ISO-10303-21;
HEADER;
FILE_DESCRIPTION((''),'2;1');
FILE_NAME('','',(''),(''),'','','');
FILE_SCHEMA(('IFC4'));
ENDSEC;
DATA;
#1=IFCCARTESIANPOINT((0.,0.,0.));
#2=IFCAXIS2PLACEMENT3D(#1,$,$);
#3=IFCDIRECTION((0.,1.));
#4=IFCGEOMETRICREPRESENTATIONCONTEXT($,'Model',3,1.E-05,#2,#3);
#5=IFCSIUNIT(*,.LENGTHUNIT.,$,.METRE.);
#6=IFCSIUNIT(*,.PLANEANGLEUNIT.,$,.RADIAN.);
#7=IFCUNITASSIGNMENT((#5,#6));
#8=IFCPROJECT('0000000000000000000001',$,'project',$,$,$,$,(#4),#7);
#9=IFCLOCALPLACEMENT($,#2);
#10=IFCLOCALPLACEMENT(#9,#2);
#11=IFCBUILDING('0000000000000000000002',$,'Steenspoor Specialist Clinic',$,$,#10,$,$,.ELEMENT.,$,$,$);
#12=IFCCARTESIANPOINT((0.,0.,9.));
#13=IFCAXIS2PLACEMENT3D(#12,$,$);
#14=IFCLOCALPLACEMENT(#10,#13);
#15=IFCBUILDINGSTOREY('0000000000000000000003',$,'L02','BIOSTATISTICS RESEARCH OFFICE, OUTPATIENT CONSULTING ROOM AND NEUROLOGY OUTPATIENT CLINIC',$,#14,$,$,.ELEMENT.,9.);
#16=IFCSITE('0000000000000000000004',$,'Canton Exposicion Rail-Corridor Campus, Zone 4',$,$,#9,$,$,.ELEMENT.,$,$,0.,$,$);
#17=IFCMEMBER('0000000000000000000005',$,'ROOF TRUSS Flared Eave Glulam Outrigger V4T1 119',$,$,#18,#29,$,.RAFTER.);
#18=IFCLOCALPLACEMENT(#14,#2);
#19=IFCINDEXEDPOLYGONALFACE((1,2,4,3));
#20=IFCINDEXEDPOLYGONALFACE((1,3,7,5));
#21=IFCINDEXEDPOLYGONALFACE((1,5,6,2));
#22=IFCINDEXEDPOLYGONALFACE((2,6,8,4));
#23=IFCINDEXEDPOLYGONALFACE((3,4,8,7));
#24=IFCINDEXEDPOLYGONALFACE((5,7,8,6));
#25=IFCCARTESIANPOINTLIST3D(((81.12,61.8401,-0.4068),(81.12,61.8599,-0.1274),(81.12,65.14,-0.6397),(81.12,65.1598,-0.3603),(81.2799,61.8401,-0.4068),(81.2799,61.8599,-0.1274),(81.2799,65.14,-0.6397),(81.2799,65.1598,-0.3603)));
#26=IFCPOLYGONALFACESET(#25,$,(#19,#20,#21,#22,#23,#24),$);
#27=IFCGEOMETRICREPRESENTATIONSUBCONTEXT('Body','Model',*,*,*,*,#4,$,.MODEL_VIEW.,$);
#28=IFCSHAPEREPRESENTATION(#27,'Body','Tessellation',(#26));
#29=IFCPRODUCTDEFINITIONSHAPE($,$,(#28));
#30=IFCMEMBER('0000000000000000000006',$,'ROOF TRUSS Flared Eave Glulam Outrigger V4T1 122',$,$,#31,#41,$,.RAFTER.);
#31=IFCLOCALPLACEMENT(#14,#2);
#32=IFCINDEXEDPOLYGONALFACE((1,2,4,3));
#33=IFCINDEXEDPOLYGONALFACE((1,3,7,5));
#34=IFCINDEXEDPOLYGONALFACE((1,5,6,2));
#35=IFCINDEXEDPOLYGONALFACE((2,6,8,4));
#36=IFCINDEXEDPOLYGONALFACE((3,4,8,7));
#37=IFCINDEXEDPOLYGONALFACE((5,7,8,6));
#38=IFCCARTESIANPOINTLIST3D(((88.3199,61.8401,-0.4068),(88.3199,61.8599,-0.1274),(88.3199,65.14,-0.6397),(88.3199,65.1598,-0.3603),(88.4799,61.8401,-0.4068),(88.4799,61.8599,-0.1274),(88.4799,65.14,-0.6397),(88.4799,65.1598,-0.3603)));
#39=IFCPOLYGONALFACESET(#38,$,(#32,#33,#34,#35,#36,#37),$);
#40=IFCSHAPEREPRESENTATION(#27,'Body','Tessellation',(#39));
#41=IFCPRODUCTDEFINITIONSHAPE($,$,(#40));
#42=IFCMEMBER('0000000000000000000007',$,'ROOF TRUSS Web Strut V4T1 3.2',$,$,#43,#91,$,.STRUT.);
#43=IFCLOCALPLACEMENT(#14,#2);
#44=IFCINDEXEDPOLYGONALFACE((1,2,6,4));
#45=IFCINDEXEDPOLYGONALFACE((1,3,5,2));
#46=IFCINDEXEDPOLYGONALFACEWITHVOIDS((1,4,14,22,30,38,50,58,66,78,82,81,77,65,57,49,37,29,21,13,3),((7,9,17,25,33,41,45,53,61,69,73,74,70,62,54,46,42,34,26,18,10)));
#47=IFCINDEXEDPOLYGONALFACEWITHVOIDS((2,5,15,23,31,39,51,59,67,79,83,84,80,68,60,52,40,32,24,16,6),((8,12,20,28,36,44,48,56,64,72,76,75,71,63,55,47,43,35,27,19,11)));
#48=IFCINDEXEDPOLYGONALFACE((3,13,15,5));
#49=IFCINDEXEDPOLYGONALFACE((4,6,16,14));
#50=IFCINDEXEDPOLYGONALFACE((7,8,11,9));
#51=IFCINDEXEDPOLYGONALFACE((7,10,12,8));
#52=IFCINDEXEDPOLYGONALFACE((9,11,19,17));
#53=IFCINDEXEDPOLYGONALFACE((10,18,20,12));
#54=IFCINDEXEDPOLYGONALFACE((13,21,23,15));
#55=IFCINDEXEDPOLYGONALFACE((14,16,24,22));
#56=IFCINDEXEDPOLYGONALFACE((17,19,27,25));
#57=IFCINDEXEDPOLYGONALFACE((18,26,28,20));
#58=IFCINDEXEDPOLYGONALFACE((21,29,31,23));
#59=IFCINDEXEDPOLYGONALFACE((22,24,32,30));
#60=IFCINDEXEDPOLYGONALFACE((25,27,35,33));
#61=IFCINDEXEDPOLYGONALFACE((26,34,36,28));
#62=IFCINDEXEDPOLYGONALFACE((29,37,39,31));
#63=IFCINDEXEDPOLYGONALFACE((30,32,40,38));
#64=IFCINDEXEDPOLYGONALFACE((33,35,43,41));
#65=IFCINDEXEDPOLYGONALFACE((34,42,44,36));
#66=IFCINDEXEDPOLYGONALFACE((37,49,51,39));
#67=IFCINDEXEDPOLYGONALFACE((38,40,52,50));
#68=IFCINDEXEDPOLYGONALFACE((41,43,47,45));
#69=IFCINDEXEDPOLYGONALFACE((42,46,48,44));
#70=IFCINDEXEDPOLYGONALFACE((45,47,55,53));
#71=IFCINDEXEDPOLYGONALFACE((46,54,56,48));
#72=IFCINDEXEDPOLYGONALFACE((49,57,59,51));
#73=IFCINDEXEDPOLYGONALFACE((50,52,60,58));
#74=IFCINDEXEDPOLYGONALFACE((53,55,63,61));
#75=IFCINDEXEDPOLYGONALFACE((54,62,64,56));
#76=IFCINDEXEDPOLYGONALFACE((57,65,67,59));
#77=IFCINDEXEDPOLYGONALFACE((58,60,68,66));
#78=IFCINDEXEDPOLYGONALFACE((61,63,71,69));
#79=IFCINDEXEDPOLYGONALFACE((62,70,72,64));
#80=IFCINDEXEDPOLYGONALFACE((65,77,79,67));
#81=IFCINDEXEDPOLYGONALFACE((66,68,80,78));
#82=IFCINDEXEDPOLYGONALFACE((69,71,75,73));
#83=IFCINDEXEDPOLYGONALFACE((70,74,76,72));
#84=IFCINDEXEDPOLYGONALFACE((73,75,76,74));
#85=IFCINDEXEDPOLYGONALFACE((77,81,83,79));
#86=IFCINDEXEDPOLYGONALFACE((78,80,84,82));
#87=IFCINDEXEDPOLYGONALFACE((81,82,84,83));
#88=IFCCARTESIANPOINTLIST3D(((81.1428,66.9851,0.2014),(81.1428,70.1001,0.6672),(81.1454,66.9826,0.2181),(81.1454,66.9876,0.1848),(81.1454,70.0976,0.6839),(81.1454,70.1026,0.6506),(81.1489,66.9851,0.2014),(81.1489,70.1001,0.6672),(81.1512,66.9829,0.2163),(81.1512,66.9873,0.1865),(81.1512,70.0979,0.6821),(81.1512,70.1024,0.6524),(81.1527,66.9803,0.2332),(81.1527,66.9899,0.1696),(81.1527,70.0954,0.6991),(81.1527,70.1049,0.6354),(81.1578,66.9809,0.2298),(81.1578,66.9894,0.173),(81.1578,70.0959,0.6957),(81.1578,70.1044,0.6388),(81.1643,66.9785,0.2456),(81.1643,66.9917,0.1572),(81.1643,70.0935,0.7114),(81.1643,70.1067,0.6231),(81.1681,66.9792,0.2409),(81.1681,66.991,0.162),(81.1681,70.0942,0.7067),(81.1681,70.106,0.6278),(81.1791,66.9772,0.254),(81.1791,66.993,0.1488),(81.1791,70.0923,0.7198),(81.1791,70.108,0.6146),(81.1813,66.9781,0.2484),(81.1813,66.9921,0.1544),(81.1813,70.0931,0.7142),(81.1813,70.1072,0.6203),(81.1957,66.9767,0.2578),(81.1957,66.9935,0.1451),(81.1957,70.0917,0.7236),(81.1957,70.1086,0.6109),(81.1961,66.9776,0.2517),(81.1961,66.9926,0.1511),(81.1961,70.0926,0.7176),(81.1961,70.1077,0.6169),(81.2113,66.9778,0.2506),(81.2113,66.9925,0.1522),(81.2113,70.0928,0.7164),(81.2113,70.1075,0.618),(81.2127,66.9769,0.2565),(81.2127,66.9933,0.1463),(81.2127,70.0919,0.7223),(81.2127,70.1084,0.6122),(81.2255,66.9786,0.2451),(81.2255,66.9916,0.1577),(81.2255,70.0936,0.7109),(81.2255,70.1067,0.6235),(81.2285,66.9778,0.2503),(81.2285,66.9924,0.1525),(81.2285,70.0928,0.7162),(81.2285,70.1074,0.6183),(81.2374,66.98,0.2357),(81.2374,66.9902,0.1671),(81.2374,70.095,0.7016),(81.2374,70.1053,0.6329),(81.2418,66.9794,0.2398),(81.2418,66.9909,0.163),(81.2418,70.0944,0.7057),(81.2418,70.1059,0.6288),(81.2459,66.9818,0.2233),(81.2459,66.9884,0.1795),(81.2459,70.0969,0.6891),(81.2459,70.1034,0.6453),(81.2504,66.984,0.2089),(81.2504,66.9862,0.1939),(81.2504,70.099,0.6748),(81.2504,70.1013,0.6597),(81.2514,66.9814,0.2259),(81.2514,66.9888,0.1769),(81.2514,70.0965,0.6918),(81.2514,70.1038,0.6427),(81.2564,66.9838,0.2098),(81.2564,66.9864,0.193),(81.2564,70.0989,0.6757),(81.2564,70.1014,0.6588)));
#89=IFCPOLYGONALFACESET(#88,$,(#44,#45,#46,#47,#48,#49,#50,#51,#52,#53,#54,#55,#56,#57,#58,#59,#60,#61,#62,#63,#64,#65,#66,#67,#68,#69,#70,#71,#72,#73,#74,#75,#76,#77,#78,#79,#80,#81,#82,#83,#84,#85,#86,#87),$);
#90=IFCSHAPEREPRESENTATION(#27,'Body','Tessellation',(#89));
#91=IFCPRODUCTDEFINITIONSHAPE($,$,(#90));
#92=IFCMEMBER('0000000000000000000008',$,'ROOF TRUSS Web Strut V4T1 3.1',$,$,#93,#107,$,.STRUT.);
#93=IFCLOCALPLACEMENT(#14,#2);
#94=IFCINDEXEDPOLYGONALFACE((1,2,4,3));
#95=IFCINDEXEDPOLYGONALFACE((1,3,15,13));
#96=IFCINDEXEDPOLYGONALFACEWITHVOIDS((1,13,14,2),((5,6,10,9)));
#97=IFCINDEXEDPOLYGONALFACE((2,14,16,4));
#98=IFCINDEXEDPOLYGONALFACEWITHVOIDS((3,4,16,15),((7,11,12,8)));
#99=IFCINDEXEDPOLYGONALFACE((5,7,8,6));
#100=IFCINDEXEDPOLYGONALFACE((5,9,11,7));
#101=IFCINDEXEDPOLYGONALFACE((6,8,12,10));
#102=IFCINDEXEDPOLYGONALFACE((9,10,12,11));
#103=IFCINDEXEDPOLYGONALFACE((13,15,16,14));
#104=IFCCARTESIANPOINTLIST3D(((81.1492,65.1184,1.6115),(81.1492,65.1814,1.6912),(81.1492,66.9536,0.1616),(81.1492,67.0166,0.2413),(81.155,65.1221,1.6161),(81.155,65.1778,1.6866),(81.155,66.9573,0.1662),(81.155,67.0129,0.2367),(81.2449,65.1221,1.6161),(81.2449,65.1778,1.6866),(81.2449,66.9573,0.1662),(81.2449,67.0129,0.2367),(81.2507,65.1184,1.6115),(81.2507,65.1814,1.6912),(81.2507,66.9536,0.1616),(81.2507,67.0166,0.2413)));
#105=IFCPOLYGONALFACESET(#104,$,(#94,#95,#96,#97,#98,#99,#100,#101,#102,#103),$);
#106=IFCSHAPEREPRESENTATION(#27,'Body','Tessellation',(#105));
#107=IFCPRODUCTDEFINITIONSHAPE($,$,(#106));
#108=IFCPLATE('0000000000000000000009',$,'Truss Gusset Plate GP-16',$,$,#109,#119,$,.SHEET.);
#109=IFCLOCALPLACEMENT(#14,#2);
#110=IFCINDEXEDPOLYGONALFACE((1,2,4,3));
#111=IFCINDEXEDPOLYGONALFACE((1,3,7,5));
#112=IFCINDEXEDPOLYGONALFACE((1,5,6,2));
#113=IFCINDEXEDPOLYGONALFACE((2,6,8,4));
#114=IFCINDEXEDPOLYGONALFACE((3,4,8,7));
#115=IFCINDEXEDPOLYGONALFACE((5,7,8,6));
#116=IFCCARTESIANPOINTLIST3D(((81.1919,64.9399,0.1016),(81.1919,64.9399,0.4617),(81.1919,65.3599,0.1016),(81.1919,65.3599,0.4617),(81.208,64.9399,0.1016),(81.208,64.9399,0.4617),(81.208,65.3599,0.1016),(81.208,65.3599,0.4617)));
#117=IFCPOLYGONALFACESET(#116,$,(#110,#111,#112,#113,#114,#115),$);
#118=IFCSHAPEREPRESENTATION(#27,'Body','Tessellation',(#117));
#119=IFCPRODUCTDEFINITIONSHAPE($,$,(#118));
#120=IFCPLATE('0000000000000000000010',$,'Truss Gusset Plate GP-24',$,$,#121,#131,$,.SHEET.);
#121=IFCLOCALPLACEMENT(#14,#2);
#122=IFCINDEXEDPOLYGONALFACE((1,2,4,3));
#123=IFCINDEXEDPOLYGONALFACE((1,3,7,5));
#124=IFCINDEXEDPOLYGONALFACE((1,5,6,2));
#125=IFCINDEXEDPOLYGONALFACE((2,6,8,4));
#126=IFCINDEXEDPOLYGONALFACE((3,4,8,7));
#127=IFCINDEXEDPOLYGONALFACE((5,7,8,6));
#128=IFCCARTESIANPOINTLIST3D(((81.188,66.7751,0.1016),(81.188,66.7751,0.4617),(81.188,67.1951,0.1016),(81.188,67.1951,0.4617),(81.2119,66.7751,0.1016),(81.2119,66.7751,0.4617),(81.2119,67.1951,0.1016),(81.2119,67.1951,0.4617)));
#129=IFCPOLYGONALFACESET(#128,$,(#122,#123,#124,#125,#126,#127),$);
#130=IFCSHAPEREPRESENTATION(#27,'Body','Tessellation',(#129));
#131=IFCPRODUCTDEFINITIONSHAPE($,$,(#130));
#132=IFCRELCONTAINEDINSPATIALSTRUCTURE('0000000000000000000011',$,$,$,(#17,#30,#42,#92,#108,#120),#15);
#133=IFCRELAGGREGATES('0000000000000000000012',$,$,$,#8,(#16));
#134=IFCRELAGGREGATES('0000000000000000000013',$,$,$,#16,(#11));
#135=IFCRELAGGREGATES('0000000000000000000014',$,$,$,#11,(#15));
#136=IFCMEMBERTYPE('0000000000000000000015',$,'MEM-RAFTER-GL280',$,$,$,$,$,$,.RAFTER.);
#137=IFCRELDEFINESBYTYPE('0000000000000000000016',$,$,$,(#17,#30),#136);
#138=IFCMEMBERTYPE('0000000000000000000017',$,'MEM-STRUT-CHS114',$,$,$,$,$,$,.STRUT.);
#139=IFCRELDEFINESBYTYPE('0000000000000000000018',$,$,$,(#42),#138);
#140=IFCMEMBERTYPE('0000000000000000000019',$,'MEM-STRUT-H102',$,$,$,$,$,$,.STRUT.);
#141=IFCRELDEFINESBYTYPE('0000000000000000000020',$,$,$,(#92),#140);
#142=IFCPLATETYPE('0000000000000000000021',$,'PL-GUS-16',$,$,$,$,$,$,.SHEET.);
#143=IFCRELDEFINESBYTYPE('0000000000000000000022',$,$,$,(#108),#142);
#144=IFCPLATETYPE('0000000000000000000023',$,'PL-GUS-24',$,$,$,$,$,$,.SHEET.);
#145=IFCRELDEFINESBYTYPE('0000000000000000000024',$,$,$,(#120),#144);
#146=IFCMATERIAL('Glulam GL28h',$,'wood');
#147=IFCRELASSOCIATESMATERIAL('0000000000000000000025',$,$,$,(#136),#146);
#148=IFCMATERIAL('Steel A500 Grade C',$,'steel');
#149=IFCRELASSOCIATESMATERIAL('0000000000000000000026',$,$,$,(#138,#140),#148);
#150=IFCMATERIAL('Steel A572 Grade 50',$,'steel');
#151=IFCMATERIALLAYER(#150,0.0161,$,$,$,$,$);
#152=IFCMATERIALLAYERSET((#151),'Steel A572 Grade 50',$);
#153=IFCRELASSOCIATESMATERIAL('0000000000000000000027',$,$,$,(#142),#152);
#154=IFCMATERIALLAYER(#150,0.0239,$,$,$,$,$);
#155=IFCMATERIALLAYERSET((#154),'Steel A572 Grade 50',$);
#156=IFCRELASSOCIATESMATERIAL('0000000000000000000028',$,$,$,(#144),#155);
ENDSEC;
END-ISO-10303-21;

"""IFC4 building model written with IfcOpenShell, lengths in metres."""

from ifc_helpers import new_model, si_unit, direction, frame, origin, origin_2d, place, context, subcontext, project, spatial, rectangle, hollow_rectangle, hollow_circle, extrude, material, layer, layer_set, material_profile, profile_set, type_object, element, save


model = new_model("IFC4")

# Units and contexts
model_context = context("Model", 3, precision=1e-05, world=origin(), true_north=direction((0.0, 1.0)))
body_context = subcontext(model_context, "Body", "Model", "MODEL_VIEW")
ifc_project = project(units=[si_unit("LENGTHUNIT", "METRE"), si_unit("PLANEANGLEUNIT", "RADIAN")], contexts=[model_context])

# Site, building, storey
site_placement = place(None, origin())
site = spatial("IfcSite", under=ifc_project, at=site_placement, Name="Canton Exposicion Rail-Corridor Campus, Zone 4", CompositionType="ELEMENT", RefElevation=0.0)
building_placement = place(site_placement, origin())
building = spatial("IfcBuilding", under=site, at=building_placement, Name="Steenspoor Specialist Clinic", CompositionType="ELEMENT")
storey_placement = place(building_placement, frame((0.0, 0.0, 9.0)))
storey = spatial("IfcBuildingStorey", under=building, at=storey_placement, Name="L02", Description="BIOSTATISTICS RESEARCH OFFICE, OUTPATIENT CONSULTING ROOM AND NEUROLOGY OUTPATIENT CLINIC", CompositionType="ELEMENT", Elevation=9.0)

# Members
ifc_material_1 = material(Name="Steel A500 Grade C", Category="steel")
ifc_material_2 = material(Name="Glulam GL28h", Category="wood")
ifc_material_profile_1 = material_profile(ifc_material_2, rectangle(XDim=0.1599, YDim=0.28, at=origin_2d()), Name="GL28H-160X280")
ifc_profile_set_1 = profile_set([ifc_material_profile_1], Name="Glulam GL28h")
member_type_1 = type_object("IfcMemberType", Name="MEM-RAFTER-GL280", PredefinedType="RAFTER", material=ifc_profile_set_1)
for number, where, z_axis, x_axis, name in (
    (1, (81.2, 65.1499, -0.5), (0.0, -0.997518, 0.070408), (1.0, 0.0, 0.0), "ROOF TRUSS Flared Eave Glulam Outrigger V4T1 119"),
    (2, (88.3999, 65.1499, -0.5), (0.0, -0.997518, 0.070408), (1.0, 0.0, 0.0), "ROOF TRUSS Flared Eave Glulam Outrigger V4T1 122"),
):
    element("IfcMember", number, at=place(storey_placement, frame(where, z_axis=z_axis, x_axis=x_axis)), inside=storey, type_object=member_type_1, Name=name, PredefinedType="RAFTER", context=body_context, shape_type="SweptSolid", body=[
        extrude(rectangle(XDim=0.1599, YDim=0.28, at=origin_2d()), origin(), (0.0, 0.0, 1.0), 3.3081),
    ])
ifc_material_profile_2 = material_profile(ifc_material_1, hollow_circle(Radius=0.0571, WallThickness=0.0061, at=origin_2d()), Name="CHS114X6.0")
ifc_profile_set_2 = profile_set([ifc_material_profile_2], Name="Steel A500 Grade C")
member_type_2 = type_object("IfcMemberType", Name="MEM-STRUT-CHS114", PredefinedType="STRUT", material=ifc_profile_set_2)
member_1_placement = place(storey_placement, frame((81.2, 66.9851, 0.2014), z_axis=(0.0, 0.989003, 0.147897), x_axis=(-1.0, 0.0, 0.0)))
element("IfcMember", 3, at=member_1_placement, inside=storey, type_object=member_type_2, Name="ROOF TRUSS Web Strut V4T1 3.2", PredefinedType="STRUT", context=body_context, shape_type="SweptSolid", body=[
    extrude(hollow_circle(Radius=0.0571, WallThickness=0.0061, at=origin_2d()), origin(), (0.0, 0.0, 1.0), 3.1497),
])
ifc_material_profile_3 = material_profile(ifc_material_1, hollow_rectangle(XDim=0.1016, YDim=0.1016, WallThickness=0.0059, at=origin_2d()), Name="HSS102X102X6.4")
ifc_profile_set_3 = profile_set([ifc_material_profile_3], Name="Steel A500 Grade C")
member_type_3 = type_object("IfcMemberType", Name="MEM-STRUT-H102", PredefinedType="STRUT", material=ifc_profile_set_3)
member_2_placement = place(storey_placement, frame((81.2, 65.1499, 1.6514), z_axis=(0.0, 0.784653, -0.619935), x_axis=(-1.0, 0.0, 0.0)))
element("IfcMember", 4, at=member_2_placement, inside=storey, type_object=member_type_3, Name="ROOF TRUSS Web Strut V4T1 3.1", PredefinedType="STRUT", context=body_context, shape_type="SweptSolid", body=[
    extrude(hollow_rectangle(XDim=0.1016, YDim=0.1016, WallThickness=0.0059, at=origin_2d()), origin(), (0.0, 0.0, 1.0), 2.3389),
])

# Plates
ifc_material_3 = material(Name="Steel A572 Grade 50", Category="steel")
ifc_layer_1 = layer(ifc_material_3, 0.0161)
ifc_layer_set_1 = layer_set([ifc_layer_1], Name="Steel A572 Grade 50")
plate_type_1 = type_object("IfcPlateType", Name="PL-GUS-16", PredefinedType="SHEET", material=ifc_layer_set_1)
plate_1_placement = place(storey_placement, frame((81.2, 65.1499, 0.1016), z_axis=(0.0, 0.0, 1.0), x_axis=(1.0, 0.0, 0.0)))
element("IfcPlate", 5, at=plate_1_placement, inside=storey, type_object=plate_type_1, Name="Truss Gusset Plate GP-16", PredefinedType="SHEET", context=body_context, shape_type="SweptSolid", body=[
    extrude(rectangle(XDim=0.0161, YDim=0.4199, at=origin_2d()), origin(), (0.0, 0.0, 1.0), 0.3601),
])
ifc_layer_2 = layer(ifc_material_3, 0.0239)
ifc_layer_set_2 = layer_set([ifc_layer_2], Name="Steel A572 Grade 50")
plate_type_2 = type_object("IfcPlateType", Name="PL-GUS-24", PredefinedType="SHEET", material=ifc_layer_set_2)
plate_2_placement = place(storey_placement, frame((81.2, 66.9851, 0.1016), z_axis=(0.0, 0.0, 1.0), x_axis=(1.0, 0.0, 0.0)))
element("IfcPlate", 6, at=plate_2_placement, inside=storey, type_object=plate_type_2, Name="Truss Gusset Plate GP-24", PredefinedType="SHEET", context=body_context, shape_type="SweptSolid", body=[
    extrude(rectangle(XDim=0.0239, YDim=0.4199, at=origin_2d()), origin(), (0.0, 0.0, 1.0), 0.3601),
])

save(model, "model.ifc")
